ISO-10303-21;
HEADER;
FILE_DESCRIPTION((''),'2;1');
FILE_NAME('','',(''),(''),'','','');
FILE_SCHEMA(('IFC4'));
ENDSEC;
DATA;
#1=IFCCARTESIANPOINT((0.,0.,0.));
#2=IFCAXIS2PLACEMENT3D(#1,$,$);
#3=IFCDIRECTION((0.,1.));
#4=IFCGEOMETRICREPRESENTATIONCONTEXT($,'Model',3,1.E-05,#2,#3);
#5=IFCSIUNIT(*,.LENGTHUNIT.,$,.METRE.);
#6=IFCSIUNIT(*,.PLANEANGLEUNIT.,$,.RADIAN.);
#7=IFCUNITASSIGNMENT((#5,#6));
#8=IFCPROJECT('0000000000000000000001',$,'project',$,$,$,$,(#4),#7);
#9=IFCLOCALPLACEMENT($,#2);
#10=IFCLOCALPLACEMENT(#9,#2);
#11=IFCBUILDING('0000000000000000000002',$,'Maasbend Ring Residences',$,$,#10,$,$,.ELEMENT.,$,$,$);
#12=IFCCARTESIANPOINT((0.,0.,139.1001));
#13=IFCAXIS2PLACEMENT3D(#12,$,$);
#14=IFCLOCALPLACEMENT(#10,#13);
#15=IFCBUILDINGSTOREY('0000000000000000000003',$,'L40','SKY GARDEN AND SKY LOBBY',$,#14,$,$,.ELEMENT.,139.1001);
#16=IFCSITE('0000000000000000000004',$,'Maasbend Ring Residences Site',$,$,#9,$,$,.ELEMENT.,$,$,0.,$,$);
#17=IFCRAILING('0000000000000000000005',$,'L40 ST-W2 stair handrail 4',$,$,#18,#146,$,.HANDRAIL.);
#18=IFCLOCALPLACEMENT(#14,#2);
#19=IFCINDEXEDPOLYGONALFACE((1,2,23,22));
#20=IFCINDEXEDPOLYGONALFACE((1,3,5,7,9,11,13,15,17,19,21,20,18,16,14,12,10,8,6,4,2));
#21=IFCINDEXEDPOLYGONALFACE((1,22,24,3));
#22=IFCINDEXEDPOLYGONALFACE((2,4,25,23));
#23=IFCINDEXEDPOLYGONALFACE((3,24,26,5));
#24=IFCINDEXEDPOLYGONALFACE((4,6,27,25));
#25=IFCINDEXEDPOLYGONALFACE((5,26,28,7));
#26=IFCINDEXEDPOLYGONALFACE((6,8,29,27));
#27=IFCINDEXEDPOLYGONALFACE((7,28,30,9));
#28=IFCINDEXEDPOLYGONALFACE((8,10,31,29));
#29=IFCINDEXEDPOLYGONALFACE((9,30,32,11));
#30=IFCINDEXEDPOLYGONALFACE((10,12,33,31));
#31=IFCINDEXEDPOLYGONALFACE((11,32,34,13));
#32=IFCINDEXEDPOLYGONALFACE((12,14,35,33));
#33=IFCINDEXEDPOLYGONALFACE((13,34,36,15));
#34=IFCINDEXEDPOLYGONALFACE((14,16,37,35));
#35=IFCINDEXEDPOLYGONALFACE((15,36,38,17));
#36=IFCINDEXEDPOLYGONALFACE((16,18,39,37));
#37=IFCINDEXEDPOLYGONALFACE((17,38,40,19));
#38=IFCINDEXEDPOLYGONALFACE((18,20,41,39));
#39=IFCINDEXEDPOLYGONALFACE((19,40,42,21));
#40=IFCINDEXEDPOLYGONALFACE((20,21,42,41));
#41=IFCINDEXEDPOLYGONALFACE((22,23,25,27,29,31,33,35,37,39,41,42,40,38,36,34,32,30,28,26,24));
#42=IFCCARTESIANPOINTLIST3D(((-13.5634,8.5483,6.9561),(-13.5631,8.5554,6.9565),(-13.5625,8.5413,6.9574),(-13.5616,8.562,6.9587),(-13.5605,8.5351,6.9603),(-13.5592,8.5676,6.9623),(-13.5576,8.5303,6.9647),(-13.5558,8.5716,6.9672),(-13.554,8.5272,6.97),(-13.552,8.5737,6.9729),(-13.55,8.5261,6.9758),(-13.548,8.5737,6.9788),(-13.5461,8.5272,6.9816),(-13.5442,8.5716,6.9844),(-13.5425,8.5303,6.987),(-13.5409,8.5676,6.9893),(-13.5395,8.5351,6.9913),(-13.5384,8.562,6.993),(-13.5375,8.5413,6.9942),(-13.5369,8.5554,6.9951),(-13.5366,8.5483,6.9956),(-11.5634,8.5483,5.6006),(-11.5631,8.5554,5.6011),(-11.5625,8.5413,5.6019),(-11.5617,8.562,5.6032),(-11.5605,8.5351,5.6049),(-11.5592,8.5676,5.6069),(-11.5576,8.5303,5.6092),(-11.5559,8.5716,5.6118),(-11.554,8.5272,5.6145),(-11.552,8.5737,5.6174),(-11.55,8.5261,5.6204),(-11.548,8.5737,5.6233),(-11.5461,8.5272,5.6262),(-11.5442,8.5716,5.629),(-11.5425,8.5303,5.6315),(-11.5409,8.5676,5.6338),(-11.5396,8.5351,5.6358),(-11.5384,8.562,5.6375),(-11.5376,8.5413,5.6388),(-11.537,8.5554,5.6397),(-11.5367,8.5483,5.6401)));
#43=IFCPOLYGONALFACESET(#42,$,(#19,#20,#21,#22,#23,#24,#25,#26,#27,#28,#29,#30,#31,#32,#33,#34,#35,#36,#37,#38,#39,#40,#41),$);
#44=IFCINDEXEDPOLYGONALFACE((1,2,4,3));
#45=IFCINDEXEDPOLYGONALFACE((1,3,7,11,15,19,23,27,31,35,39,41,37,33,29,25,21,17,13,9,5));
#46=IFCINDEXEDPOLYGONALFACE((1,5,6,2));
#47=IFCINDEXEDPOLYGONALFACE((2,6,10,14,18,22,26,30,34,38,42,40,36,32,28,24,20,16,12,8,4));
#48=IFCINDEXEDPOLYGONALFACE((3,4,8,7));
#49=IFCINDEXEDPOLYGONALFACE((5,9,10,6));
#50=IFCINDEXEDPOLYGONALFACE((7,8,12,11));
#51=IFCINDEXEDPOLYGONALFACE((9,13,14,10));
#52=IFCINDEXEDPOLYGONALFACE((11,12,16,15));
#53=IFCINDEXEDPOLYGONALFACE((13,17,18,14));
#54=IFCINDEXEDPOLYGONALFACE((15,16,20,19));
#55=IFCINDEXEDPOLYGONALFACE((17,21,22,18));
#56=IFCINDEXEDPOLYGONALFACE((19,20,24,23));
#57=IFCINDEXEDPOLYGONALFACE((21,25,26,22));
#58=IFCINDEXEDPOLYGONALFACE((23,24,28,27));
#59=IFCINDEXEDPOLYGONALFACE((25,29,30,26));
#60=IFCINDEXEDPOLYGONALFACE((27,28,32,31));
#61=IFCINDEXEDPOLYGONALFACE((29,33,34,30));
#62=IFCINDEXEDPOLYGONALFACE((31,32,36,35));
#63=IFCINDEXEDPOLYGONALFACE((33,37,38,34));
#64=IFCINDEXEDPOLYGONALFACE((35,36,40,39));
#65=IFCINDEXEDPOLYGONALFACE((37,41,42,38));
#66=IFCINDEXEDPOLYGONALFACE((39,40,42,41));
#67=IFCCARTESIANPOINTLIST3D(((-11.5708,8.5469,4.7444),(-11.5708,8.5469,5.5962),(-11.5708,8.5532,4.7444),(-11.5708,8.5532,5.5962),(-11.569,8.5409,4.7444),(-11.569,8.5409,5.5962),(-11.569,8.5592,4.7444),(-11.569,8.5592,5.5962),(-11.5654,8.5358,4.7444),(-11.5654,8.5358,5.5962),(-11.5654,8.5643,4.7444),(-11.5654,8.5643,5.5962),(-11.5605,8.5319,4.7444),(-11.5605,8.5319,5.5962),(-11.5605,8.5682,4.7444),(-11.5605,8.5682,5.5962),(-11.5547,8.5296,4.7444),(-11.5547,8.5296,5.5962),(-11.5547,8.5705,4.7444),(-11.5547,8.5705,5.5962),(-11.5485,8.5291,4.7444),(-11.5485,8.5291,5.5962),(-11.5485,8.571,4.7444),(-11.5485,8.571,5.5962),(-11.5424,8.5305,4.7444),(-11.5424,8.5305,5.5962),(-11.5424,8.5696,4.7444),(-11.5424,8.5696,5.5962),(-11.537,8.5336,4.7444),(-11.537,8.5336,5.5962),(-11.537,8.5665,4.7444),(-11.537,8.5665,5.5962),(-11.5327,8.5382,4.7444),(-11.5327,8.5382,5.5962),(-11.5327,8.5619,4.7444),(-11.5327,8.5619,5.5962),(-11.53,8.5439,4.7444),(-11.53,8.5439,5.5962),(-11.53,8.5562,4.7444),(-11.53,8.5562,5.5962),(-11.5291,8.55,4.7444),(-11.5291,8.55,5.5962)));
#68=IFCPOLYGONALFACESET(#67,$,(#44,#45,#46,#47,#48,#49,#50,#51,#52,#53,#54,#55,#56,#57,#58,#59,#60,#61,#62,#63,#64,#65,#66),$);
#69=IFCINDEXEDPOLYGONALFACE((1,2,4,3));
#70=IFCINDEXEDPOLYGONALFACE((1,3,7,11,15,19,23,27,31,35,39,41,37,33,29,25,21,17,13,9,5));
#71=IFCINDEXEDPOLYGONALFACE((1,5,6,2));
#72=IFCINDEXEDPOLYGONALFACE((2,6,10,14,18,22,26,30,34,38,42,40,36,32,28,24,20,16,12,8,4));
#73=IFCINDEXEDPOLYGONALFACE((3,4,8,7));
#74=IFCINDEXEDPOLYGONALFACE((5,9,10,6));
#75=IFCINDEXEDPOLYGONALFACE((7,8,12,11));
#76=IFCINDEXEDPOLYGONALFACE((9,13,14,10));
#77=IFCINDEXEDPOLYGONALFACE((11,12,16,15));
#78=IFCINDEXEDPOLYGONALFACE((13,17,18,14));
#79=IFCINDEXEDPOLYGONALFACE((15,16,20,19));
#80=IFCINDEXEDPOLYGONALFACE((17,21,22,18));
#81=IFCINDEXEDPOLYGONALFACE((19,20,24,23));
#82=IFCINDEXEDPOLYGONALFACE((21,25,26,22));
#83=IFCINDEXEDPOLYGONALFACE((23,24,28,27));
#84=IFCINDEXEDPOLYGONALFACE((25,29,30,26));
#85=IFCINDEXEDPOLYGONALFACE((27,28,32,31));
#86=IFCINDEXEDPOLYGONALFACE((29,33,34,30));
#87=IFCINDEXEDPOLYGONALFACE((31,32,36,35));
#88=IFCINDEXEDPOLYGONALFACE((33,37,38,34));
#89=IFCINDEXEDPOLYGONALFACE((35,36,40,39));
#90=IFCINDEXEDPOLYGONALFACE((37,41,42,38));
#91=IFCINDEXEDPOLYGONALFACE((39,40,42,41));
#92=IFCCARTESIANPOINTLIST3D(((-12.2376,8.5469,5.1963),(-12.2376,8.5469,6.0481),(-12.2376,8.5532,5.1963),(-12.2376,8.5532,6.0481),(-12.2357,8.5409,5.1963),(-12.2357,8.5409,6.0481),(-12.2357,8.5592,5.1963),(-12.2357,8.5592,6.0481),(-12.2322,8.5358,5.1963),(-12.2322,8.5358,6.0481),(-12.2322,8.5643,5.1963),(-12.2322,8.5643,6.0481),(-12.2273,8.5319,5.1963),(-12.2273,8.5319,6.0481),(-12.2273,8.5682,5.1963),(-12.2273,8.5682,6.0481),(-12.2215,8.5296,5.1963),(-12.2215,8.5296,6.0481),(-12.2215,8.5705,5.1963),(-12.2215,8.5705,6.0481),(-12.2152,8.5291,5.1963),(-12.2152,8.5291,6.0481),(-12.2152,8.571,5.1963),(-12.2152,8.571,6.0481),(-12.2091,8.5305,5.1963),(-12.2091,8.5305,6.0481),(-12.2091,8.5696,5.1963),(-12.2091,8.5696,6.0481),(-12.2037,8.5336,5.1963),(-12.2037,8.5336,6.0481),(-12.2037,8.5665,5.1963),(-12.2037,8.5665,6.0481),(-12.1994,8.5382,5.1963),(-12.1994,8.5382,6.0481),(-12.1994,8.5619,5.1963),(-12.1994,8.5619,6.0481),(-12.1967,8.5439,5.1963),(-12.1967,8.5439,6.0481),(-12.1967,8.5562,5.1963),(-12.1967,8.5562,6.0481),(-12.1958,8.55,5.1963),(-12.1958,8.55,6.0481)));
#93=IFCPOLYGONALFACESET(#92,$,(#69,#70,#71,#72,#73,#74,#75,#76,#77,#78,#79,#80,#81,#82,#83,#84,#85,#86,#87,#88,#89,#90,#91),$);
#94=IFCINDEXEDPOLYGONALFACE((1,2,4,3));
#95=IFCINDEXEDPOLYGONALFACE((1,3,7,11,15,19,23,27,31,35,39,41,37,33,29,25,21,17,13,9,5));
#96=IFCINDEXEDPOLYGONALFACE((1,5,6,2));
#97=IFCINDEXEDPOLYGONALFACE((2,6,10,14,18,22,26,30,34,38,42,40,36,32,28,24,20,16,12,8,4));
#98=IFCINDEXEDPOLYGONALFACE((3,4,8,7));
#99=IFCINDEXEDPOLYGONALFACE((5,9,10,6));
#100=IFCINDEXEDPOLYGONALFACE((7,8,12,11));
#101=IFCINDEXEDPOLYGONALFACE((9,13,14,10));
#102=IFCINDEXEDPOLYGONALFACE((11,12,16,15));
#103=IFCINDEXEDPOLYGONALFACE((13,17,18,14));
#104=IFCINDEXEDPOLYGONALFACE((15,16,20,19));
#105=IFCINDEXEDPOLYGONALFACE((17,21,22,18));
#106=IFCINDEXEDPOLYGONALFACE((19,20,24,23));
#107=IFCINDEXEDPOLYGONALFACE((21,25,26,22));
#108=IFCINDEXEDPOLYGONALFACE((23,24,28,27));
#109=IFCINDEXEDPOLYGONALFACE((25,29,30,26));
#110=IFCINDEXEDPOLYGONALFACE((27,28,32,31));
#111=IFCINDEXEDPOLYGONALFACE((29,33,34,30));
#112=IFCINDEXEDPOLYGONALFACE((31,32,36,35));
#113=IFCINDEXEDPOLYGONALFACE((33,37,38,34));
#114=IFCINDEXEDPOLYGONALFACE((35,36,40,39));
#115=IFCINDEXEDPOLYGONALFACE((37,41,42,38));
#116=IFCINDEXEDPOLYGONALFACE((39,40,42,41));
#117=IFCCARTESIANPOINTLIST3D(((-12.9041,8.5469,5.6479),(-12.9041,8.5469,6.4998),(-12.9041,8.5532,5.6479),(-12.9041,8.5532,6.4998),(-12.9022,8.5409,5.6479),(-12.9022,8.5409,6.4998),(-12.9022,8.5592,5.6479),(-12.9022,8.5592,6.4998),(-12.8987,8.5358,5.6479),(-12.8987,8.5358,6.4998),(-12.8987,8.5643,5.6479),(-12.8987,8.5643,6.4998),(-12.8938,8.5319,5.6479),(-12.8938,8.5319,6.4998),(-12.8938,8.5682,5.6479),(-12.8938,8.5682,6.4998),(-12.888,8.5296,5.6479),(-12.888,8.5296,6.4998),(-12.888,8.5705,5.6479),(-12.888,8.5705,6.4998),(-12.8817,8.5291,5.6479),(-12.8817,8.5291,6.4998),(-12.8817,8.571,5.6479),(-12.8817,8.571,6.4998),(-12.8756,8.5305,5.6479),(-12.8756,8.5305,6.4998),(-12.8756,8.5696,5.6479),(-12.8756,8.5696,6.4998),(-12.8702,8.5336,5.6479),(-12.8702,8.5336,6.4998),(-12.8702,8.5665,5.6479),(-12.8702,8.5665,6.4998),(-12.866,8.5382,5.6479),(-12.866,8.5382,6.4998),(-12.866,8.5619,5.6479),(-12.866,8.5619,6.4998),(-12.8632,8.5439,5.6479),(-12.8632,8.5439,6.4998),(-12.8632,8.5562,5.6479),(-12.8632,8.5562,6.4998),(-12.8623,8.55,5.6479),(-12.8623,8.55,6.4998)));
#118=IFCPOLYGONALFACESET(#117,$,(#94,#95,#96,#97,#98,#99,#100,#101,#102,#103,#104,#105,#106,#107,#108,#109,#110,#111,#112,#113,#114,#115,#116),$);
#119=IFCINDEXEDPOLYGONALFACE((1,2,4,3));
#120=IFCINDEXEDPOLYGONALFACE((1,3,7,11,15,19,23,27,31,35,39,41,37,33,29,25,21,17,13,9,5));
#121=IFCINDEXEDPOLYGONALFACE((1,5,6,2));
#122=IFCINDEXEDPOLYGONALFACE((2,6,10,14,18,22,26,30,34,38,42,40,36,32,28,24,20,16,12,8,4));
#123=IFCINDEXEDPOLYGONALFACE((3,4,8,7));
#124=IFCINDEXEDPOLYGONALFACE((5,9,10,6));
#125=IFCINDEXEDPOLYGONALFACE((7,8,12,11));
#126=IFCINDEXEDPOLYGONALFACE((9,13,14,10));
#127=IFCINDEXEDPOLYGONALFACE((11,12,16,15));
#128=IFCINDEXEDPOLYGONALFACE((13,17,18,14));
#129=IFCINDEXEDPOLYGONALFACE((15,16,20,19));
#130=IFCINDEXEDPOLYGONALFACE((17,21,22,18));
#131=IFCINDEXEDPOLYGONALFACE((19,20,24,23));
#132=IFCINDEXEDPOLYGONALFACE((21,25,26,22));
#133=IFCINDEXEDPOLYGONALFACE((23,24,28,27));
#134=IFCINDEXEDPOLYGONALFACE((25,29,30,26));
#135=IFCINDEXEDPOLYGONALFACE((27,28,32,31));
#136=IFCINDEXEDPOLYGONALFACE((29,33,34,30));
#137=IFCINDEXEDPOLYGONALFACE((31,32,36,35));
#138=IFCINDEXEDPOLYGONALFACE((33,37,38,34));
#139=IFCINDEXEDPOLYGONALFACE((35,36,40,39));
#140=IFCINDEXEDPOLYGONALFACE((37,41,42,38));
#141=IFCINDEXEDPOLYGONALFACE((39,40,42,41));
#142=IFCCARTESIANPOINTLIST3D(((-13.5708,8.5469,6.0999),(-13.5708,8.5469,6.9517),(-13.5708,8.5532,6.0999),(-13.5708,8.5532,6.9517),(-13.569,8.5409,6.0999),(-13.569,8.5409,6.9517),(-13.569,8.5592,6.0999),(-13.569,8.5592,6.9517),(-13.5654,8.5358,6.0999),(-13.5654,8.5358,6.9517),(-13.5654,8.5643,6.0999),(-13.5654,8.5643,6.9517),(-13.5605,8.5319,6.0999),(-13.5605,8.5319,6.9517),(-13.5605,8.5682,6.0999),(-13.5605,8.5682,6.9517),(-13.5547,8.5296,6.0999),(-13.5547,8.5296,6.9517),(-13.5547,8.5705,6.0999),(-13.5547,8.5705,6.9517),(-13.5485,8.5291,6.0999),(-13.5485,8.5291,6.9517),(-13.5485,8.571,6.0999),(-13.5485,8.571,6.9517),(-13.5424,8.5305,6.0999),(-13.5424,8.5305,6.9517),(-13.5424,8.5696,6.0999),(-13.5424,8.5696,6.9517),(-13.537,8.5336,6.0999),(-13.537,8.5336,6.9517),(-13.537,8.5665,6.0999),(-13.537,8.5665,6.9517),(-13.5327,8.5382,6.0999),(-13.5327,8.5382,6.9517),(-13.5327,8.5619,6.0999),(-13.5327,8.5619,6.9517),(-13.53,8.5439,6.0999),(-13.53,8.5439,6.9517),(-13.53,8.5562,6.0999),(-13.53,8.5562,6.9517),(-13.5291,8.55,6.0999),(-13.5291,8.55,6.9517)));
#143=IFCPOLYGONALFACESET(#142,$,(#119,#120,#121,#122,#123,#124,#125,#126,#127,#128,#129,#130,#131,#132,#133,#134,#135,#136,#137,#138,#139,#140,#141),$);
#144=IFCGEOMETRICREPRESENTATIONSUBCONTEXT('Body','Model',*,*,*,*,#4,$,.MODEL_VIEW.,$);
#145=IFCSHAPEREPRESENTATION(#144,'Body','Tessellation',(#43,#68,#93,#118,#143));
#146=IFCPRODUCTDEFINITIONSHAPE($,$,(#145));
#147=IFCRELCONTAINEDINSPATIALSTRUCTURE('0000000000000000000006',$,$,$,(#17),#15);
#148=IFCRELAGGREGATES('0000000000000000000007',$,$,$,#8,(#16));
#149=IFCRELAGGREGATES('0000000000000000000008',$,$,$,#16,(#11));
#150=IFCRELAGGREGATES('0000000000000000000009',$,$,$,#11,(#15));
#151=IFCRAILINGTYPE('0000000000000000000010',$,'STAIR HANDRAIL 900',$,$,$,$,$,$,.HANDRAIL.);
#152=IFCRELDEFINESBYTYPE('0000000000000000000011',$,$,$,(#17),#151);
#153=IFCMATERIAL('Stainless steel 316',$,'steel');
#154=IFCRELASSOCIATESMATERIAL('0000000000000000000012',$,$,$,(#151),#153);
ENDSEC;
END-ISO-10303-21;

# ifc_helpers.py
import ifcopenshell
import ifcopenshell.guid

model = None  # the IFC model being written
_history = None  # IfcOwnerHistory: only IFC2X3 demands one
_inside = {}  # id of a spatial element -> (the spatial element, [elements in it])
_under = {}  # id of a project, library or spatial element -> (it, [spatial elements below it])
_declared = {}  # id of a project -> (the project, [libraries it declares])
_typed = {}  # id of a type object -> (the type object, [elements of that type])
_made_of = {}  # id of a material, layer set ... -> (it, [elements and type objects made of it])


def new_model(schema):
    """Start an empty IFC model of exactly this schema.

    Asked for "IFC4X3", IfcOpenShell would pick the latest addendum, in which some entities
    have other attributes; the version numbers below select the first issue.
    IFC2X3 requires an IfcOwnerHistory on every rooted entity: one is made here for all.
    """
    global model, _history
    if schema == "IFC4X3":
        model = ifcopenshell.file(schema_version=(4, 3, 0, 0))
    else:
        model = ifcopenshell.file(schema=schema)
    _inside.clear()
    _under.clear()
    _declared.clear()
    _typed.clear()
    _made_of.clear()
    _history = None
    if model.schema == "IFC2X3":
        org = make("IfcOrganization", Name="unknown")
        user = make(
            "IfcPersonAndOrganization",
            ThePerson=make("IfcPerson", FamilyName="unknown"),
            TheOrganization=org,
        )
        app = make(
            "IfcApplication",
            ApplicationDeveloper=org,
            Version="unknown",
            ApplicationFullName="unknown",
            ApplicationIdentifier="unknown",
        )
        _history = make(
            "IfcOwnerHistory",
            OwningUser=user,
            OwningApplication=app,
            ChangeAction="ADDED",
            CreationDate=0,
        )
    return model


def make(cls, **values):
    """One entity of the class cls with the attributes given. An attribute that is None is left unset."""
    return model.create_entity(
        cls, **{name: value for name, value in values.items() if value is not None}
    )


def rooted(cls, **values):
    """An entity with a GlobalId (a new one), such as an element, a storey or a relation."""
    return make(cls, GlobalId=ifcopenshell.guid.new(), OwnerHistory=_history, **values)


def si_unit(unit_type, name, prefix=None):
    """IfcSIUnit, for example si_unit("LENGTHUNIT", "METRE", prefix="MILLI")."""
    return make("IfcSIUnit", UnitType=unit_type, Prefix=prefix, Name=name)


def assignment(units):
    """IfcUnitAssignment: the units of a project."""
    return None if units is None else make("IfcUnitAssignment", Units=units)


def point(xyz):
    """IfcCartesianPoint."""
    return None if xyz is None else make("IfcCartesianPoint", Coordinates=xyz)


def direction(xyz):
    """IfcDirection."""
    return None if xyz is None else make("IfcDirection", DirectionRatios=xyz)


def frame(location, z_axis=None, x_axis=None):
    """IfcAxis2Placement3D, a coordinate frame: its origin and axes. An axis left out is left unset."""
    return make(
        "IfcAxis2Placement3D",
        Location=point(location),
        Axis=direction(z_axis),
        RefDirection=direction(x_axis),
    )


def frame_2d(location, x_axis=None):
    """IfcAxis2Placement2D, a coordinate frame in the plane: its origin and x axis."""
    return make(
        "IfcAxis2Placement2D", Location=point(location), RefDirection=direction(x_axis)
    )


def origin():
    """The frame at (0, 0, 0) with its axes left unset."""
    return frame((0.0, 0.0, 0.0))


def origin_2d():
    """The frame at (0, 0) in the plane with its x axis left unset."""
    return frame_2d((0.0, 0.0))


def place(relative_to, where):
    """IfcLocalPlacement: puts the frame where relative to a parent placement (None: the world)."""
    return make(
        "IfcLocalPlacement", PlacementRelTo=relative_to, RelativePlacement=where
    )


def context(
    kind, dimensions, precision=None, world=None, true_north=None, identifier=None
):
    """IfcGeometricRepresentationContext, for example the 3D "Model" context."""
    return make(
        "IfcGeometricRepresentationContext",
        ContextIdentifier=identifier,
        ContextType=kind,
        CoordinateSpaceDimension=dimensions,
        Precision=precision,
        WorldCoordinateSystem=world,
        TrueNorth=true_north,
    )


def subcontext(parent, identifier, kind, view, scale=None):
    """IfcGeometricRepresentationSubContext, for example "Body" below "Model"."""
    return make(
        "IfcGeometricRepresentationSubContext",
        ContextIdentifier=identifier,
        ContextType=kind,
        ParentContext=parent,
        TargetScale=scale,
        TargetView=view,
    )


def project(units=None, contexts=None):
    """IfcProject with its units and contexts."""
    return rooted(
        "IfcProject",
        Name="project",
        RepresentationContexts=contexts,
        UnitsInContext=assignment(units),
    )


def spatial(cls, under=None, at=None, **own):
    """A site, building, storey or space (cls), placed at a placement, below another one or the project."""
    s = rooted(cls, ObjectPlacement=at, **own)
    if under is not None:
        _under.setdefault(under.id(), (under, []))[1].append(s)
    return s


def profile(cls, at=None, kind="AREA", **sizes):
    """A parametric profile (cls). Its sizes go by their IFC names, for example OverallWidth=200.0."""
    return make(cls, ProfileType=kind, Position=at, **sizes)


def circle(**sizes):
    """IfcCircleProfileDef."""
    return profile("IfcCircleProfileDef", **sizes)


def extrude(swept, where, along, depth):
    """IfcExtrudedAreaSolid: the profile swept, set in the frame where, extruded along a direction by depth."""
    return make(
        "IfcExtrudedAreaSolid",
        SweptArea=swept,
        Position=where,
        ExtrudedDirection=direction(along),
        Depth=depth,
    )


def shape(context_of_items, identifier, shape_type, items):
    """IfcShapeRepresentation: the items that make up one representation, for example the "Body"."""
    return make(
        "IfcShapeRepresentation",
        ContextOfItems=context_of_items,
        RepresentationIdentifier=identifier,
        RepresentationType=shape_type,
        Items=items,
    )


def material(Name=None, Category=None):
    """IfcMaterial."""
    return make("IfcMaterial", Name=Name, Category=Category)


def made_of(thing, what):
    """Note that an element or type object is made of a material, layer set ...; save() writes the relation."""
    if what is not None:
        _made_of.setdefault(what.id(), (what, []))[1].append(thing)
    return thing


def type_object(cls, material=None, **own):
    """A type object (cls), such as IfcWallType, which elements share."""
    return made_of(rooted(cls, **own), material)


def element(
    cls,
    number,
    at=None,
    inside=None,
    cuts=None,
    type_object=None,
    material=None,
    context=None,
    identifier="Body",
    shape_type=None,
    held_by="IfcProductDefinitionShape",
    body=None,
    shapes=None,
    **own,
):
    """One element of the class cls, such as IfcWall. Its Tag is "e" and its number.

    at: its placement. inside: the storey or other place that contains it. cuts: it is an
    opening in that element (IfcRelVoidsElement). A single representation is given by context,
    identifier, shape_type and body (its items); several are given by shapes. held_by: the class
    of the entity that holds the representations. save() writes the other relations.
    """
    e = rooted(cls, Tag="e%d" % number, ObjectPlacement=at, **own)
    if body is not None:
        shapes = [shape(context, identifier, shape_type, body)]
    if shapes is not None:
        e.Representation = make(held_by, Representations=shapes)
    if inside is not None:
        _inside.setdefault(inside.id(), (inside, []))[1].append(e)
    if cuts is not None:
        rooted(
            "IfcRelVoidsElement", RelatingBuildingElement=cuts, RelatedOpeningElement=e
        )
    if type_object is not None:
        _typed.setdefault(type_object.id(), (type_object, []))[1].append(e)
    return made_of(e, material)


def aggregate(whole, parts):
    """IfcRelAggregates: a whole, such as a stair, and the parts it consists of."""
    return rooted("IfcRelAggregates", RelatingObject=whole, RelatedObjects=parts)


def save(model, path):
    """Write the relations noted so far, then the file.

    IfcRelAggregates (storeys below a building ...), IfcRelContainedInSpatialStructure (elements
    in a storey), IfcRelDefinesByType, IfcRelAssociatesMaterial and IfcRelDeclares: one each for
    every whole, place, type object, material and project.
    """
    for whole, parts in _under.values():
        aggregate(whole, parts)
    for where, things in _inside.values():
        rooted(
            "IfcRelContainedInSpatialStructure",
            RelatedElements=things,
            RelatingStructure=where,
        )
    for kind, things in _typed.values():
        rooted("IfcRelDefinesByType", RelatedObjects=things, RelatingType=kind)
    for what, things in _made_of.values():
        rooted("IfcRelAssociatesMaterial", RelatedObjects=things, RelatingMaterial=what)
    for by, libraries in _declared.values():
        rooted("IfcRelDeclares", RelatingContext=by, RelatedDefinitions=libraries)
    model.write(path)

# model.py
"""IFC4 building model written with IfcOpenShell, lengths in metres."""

from ifc_helpers import new_model, si_unit, direction, frame, origin, origin_2d, place, context, subcontext, project, spatial, circle, extrude, material, type_object, element, save


model = new_model("IFC4")

# Units and contexts
model_context = context("Model", 3, precision=1e-05, world=origin(), true_north=direction((0.0, 1.0)))
body_context = subcontext(model_context, "Body", "Model", "MODEL_VIEW")
ifc_project = project(units=[si_unit("LENGTHUNIT", "METRE"), si_unit("PLANEANGLEUNIT", "RADIAN")], contexts=[model_context])

# Site, building, storey
site_placement = place(None, origin())
site = spatial("IfcSite", under=ifc_project, at=site_placement, Name="Maasbend Ring Residences Site", CompositionType="ELEMENT", RefElevation=0.0)
building_placement = place(site_placement, origin())
building = spatial("IfcBuilding", under=site, at=building_placement, Name="Maasbend Ring Residences", CompositionType="ELEMENT")
storey_placement = place(building_placement, frame((0.0, 0.0, 139.1001)))
storey = spatial("IfcBuildingStorey", under=building, at=storey_placement, Name="L40", Description="SKY GARDEN AND SKY LOBBY", CompositionType="ELEMENT", Elevation=139.1001)

# Railing
ifc_material_1 = material(Name="Stainless steel 316", Category="steel")
railing_type = type_object("IfcRailingType", Name="STAIR HANDRAIL 900", PredefinedType="HANDRAIL", material=ifc_material_1)
for number, where, name in (
    (1, (-11.55, 8.55, 4.7444), "L40 ST-W2 stair handrail 4"),
):
    element("IfcRailing", number, at=place(storey_placement, frame(where)), inside=storey, type_object=railing_type, Name=name, PredefinedType="HANDRAIL", context=body_context, shape_type="SweptSolid", body=[
        extrude(circle(Radius=0.0239, at=origin_2d()), frame((0.0, 0.0, 0.876), z_axis=(-0.827798, 0.0, 0.561027), x_axis=(0.0, -1.0, 0.0)), (0.0, 0.0, 1.0), 2.416),
        extrude(circle(Radius=0.021, at=origin_2d()), origin(), (0.0, 0.0, 1.0), 0.8518),
        extrude(circle(Radius=0.021, at=origin_2d()), frame((-0.6667, 0.0, 0.4519)), (0.0, 0.0, 1.0), 0.8518),
        extrude(circle(Radius=0.021, at=origin_2d()), frame((-1.3333, 0.0, 0.9036)), (0.0, 0.0, 1.0), 0.8518),
        extrude(circle(Radius=0.021, at=origin_2d()), frame((-2.0, 0.0, 1.3555)), (0.0, 0.0, 1.0), 0.8518),
    ])

save(model, "model.ifc")
